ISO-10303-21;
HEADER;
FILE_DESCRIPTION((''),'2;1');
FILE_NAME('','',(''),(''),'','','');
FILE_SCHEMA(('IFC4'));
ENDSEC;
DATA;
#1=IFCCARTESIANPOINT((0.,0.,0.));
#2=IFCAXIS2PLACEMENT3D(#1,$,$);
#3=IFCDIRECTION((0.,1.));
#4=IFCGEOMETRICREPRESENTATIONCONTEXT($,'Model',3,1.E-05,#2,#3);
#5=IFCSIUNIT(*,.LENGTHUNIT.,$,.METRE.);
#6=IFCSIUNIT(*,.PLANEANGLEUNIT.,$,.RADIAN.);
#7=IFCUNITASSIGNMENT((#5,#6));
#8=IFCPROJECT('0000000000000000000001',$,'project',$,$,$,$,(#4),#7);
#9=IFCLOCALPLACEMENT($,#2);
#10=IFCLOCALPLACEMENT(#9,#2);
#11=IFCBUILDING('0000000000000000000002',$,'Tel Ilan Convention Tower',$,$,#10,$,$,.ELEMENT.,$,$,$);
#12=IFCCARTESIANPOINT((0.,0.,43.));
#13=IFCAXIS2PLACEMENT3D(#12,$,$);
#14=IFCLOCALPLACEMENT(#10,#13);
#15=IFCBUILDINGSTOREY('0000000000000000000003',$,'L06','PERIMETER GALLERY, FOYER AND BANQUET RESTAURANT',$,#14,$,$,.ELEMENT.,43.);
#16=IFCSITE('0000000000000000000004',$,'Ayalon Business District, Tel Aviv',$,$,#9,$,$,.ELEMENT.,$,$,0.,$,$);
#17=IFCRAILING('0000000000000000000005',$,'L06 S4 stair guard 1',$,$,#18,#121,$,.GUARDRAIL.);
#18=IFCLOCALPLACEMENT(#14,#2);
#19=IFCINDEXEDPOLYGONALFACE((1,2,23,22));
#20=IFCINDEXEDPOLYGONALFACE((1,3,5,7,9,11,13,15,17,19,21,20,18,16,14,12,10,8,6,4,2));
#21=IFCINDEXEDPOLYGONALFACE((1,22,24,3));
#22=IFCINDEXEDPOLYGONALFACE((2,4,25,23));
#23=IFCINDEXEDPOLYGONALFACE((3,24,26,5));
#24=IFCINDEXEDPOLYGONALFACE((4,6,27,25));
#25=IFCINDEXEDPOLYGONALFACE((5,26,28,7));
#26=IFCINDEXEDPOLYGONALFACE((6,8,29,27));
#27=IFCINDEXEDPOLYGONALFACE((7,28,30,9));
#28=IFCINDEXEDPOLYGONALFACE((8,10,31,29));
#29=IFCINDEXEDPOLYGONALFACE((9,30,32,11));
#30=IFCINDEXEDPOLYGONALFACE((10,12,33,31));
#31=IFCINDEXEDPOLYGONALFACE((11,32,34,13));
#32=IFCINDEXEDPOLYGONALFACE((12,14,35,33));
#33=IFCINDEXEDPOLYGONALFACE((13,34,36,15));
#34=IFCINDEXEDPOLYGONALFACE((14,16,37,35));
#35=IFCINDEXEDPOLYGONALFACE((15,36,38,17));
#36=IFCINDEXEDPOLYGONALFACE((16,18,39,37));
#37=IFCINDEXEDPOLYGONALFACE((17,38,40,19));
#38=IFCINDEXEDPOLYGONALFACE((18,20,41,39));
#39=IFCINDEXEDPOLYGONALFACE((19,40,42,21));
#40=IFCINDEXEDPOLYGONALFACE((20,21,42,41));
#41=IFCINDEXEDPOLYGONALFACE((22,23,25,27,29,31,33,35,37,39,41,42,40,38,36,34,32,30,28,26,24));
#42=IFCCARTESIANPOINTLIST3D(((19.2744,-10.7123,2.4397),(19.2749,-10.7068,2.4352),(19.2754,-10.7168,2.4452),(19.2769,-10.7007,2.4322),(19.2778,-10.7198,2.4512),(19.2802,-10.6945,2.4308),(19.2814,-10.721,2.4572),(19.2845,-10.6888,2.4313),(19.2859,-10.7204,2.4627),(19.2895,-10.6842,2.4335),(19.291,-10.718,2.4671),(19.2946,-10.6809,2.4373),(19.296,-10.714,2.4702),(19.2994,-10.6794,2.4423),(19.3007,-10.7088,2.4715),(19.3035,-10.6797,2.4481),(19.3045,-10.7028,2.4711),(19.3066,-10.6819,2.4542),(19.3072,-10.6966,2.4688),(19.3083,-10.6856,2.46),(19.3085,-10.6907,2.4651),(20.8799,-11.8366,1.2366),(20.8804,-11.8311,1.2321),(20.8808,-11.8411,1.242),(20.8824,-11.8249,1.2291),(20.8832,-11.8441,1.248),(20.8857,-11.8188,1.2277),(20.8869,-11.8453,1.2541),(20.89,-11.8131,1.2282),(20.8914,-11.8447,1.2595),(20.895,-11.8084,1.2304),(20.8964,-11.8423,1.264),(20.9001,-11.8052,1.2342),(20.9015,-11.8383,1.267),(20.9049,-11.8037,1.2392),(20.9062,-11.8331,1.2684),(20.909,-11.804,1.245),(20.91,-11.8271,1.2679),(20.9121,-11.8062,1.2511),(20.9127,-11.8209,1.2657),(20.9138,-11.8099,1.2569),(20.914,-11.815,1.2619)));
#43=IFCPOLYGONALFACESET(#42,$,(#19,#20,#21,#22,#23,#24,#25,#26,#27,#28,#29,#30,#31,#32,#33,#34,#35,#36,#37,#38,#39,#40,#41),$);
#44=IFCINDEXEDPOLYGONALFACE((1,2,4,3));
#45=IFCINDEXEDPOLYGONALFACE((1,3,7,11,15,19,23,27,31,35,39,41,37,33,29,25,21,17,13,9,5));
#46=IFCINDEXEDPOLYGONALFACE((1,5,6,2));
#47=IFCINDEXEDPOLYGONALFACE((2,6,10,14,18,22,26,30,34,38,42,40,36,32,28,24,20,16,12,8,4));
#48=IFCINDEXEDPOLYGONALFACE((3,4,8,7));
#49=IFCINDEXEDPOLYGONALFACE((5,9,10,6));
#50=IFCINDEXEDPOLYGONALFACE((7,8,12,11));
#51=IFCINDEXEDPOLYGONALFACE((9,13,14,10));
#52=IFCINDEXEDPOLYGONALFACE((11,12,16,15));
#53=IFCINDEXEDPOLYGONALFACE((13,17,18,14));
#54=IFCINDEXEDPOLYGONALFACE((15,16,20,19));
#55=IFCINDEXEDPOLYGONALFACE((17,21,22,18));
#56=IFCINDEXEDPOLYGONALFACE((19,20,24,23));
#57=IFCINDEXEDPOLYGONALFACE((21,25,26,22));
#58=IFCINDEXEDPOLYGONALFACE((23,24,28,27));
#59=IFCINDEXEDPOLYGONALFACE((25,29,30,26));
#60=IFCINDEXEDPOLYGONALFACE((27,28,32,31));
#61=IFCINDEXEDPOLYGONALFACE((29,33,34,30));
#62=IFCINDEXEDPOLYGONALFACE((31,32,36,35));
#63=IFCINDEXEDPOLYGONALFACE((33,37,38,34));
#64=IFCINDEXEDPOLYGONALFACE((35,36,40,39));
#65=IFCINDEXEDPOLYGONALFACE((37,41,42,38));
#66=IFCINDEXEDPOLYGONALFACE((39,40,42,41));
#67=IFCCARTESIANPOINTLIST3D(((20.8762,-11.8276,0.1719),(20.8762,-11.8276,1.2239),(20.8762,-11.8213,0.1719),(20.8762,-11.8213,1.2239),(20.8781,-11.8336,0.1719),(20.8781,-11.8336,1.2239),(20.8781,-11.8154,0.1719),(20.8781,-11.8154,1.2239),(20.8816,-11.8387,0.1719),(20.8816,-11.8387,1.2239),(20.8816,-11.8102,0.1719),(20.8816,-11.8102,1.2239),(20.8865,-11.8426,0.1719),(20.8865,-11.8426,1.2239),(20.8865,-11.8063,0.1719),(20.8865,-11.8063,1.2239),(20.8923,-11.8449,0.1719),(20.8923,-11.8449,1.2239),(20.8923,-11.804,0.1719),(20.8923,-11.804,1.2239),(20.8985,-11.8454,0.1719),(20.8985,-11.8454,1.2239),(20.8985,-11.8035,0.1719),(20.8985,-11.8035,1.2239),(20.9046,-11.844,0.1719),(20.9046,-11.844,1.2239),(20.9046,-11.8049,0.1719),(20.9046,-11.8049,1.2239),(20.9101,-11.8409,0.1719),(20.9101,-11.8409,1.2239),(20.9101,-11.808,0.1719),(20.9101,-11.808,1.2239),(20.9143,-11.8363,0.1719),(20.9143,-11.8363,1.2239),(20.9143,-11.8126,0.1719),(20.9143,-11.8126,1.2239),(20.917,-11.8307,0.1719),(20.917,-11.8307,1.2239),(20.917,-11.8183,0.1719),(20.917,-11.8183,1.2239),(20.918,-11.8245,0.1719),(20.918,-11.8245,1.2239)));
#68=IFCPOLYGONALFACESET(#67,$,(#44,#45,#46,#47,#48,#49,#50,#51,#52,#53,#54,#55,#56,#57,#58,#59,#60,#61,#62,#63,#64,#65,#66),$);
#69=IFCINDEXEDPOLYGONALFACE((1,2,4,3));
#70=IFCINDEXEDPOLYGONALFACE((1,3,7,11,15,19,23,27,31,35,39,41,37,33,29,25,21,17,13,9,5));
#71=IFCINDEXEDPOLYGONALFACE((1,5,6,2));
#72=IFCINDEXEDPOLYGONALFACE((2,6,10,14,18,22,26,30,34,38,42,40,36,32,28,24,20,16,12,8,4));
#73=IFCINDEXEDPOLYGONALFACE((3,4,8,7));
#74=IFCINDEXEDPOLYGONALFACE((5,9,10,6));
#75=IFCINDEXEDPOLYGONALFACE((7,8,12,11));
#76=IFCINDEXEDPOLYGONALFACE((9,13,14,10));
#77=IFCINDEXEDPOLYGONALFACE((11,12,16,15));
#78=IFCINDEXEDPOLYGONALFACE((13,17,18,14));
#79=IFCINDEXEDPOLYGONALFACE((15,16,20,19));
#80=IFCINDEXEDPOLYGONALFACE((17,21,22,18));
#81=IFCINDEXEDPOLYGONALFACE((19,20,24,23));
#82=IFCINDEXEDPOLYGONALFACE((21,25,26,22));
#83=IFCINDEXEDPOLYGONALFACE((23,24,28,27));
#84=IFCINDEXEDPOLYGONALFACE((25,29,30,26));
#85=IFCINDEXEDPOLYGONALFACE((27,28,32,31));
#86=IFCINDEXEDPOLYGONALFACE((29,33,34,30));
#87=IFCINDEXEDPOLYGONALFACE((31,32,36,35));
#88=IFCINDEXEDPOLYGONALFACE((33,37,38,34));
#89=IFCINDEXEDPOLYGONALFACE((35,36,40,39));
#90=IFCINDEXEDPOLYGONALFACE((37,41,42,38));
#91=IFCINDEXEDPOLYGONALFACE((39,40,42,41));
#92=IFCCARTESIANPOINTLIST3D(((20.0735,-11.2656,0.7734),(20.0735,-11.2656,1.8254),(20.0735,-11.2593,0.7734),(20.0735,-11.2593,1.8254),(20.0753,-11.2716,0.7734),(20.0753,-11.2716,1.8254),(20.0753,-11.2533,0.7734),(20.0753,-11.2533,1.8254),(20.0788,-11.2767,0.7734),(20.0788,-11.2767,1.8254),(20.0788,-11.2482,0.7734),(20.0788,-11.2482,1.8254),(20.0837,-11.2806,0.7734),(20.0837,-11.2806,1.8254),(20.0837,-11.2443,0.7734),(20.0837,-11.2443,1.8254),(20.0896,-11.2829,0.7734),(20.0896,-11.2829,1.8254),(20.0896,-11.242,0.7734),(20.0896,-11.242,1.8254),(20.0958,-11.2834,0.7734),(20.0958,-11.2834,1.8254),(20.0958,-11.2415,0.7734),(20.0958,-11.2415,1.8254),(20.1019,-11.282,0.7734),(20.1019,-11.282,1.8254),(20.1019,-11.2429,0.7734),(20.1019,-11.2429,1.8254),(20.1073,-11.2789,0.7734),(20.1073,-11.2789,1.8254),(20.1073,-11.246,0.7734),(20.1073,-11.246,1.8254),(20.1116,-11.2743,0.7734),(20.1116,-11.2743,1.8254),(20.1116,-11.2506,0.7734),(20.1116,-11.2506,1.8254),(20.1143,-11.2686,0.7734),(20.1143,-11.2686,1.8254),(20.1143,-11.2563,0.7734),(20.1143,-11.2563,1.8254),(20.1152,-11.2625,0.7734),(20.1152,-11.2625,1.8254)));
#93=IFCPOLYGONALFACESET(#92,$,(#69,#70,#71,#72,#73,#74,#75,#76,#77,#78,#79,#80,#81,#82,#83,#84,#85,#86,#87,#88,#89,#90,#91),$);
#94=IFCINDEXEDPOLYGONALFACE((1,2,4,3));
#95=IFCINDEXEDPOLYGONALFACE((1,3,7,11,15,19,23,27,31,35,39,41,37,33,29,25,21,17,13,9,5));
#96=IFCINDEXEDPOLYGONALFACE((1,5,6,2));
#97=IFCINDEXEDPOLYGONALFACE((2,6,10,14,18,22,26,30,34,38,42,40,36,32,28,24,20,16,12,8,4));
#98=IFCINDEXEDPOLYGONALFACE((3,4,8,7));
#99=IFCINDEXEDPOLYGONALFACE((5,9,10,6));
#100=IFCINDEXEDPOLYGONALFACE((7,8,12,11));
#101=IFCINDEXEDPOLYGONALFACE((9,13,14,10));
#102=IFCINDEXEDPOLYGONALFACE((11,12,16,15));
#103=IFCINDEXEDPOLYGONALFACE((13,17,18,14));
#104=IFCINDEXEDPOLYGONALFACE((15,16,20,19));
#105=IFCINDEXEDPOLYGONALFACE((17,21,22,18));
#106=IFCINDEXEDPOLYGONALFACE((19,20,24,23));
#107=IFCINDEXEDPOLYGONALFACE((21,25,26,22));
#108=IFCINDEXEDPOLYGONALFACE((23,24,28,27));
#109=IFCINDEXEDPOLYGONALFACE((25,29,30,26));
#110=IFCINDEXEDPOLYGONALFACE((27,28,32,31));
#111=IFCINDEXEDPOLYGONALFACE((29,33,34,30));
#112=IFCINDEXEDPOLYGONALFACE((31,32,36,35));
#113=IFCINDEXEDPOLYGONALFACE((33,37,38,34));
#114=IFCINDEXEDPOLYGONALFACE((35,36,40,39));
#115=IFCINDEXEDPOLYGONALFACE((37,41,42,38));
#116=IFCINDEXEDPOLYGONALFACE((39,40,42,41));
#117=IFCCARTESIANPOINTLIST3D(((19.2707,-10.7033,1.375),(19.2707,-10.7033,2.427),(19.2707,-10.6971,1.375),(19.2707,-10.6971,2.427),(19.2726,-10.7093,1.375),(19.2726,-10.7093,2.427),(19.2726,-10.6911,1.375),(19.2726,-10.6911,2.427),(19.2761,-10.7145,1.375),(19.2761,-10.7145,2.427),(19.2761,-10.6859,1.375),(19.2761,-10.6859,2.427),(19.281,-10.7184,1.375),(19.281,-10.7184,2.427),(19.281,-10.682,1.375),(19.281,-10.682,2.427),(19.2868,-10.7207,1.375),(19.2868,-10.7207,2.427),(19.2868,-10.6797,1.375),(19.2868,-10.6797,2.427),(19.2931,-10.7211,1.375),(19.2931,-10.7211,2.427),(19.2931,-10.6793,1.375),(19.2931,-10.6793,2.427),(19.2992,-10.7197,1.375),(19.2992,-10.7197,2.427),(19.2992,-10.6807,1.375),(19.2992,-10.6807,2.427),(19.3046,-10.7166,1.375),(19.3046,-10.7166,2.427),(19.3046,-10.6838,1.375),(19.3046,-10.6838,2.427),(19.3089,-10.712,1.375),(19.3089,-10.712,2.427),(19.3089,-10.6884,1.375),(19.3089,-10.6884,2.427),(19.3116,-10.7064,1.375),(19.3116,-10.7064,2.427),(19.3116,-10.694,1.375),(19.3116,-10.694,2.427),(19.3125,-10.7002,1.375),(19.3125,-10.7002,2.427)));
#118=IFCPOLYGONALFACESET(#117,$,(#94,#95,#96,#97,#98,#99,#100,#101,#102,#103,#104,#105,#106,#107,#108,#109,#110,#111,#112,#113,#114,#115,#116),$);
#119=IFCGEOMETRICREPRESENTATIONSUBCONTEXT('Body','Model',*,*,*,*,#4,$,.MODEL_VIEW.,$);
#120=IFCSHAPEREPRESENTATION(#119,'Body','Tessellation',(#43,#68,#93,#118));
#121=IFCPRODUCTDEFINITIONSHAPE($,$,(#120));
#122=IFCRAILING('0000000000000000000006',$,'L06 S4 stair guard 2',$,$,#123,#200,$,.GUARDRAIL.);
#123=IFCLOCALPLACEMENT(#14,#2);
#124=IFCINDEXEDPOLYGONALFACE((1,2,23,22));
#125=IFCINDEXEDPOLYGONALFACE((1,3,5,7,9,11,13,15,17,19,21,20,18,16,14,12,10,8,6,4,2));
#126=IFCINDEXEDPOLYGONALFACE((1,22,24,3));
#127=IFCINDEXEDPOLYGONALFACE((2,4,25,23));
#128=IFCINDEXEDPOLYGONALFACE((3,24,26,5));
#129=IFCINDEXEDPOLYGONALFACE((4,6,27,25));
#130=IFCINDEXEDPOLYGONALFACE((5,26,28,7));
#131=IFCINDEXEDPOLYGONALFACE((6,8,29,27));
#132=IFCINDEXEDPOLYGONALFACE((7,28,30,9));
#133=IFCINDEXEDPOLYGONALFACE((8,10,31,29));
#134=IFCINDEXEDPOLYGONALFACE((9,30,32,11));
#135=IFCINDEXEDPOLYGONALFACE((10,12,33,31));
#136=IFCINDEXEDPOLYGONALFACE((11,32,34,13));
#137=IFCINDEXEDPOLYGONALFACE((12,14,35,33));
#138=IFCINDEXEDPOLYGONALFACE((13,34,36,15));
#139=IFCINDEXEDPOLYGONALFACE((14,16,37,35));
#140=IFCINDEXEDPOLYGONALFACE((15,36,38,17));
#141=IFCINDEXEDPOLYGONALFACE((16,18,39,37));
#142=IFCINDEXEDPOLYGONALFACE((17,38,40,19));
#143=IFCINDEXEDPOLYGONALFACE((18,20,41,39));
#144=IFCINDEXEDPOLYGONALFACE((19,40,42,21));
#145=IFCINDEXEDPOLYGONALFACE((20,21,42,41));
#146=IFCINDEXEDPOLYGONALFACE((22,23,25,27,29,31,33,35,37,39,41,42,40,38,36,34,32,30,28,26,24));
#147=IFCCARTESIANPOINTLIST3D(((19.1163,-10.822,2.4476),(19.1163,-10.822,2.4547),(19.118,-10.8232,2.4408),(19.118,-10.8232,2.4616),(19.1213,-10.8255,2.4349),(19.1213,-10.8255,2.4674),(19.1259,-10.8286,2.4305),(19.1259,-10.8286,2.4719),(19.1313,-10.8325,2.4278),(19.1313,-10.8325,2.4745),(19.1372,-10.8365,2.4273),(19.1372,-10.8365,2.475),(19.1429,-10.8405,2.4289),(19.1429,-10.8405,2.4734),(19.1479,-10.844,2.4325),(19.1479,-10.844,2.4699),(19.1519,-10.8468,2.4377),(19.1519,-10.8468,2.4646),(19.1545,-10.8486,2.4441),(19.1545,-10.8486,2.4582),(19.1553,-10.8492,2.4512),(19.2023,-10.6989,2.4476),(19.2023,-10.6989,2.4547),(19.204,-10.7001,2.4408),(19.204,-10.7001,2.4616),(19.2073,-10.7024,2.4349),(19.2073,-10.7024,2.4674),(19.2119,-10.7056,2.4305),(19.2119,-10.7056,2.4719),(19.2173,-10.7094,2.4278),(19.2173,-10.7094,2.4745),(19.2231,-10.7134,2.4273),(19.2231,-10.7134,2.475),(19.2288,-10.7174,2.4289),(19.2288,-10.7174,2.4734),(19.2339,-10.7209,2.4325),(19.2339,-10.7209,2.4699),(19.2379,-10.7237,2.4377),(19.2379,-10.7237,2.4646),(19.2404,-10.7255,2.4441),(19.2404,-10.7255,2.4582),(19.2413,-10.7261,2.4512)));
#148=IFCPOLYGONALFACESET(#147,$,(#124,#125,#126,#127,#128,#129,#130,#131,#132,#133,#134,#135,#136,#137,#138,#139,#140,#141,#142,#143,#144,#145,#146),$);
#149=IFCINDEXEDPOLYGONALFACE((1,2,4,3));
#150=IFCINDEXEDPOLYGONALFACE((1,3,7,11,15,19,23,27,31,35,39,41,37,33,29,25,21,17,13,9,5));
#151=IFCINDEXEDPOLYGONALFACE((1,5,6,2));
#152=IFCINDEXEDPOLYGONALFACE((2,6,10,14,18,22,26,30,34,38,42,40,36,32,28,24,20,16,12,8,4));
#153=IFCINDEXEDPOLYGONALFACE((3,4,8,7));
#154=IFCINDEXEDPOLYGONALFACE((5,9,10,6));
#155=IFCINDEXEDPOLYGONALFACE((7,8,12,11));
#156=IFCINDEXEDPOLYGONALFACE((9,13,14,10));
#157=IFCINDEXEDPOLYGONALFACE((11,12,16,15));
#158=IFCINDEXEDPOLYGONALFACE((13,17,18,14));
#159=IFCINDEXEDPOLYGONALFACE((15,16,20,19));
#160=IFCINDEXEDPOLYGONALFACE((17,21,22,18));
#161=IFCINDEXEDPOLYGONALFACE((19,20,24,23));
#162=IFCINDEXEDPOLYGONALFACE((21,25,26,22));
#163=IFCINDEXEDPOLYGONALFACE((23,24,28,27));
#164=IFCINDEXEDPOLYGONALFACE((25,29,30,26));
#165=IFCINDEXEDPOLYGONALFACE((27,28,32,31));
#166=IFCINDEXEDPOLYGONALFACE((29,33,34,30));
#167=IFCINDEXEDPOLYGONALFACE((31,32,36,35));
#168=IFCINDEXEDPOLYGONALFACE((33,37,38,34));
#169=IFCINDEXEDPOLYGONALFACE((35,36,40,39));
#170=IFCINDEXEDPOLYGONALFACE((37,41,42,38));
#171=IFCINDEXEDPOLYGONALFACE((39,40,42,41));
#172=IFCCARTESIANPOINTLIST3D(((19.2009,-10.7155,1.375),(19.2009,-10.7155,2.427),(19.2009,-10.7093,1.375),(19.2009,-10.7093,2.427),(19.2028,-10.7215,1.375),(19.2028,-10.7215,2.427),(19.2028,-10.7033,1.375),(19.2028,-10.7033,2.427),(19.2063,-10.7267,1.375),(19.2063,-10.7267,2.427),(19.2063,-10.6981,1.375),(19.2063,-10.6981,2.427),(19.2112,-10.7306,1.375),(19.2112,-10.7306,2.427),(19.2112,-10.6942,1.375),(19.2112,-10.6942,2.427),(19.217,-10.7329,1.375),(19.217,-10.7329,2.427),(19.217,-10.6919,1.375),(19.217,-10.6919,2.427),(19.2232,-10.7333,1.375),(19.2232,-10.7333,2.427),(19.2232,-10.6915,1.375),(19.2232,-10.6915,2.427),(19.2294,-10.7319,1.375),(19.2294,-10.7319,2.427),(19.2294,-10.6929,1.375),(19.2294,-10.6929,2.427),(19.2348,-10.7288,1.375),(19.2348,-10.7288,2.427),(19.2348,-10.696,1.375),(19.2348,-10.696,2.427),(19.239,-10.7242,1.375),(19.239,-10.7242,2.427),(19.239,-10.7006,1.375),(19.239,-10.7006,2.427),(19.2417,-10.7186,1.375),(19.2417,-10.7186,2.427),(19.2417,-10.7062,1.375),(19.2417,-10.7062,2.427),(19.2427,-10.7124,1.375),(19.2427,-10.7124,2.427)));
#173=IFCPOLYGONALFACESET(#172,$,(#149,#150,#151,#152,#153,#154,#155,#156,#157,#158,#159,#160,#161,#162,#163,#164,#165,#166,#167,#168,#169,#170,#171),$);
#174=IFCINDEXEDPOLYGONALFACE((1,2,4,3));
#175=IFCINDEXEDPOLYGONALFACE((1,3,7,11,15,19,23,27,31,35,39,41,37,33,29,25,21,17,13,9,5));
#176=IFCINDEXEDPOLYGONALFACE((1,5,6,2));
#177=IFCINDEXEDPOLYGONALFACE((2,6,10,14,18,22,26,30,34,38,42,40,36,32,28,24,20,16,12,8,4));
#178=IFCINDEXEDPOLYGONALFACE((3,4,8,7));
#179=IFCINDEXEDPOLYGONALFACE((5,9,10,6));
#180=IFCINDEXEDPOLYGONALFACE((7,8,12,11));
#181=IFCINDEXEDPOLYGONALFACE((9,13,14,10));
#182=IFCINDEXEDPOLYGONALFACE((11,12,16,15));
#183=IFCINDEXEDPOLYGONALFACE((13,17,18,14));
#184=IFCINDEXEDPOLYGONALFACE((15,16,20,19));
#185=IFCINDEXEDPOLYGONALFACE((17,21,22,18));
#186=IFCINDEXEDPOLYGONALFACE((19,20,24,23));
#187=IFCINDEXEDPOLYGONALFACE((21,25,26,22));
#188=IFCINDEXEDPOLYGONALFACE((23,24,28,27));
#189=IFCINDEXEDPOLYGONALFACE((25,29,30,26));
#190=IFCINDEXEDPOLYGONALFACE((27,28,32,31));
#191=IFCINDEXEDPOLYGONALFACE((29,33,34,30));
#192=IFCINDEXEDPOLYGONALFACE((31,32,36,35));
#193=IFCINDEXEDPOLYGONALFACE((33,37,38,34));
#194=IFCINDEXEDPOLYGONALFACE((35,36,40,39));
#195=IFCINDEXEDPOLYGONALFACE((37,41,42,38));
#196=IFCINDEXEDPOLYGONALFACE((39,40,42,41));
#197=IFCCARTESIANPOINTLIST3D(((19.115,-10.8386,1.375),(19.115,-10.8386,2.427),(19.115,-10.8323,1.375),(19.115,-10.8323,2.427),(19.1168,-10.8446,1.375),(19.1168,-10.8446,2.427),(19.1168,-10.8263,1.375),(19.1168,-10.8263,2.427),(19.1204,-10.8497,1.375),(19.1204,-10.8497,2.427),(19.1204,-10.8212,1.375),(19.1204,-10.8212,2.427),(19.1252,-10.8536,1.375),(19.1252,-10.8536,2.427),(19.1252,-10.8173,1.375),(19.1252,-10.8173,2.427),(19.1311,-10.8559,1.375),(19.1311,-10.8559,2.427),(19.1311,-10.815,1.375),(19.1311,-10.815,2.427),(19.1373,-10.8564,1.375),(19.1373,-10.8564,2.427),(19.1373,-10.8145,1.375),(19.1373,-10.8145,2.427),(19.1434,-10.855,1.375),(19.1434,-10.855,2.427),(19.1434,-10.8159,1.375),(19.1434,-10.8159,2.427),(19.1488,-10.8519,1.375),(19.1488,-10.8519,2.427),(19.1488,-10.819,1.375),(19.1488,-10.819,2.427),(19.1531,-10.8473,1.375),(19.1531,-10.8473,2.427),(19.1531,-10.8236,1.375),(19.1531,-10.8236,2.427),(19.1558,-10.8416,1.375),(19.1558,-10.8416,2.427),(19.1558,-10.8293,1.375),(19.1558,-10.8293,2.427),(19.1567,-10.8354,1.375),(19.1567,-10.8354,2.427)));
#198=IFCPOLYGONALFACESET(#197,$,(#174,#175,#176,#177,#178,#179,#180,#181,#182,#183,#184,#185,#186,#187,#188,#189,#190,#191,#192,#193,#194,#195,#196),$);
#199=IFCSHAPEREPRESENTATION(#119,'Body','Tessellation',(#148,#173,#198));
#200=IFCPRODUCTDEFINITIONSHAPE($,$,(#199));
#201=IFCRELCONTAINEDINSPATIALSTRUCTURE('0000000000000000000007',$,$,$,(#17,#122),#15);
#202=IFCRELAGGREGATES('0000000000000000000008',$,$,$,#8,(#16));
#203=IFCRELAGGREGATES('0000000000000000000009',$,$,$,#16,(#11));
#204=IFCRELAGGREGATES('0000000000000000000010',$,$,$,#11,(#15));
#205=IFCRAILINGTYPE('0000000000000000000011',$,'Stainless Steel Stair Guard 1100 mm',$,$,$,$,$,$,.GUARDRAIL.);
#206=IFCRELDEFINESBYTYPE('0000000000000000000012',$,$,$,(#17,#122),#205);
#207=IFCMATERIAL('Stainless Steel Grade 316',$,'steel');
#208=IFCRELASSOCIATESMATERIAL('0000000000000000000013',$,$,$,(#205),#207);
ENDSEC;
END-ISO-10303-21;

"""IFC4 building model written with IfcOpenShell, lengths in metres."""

from ifc_helpers import new_model, si_unit, direction, frame, origin, origin_2d, place, context, subcontext, project, spatial, circle, extrude, material, type_object, element, save


model = new_model("IFC4")

# Units and contexts
model_context = context("Model", 3, precision=1e-05, world=origin(), true_north=direction((0.0, 1.0)))
body_context = subcontext(model_context, "Body", "Model", "MODEL_VIEW")
ifc_project = project(units=[si_unit("LENGTHUNIT", "METRE"), si_unit("PLANEANGLEUNIT", "RADIAN")], contexts=[model_context])

# Site, building, storey
site_placement = place(None, origin())
site = spatial("IfcSite", under=ifc_project, at=site_placement, Name="Ayalon Business District, Tel Aviv", CompositionType="ELEMENT", RefElevation=0.0)
building_placement = place(site_placement, origin())
building = spatial("IfcBuilding", under=site, at=building_placement, Name="Tel Ilan Convention Tower", CompositionType="ELEMENT")
storey_placement = place(building_placement, frame((0.0, 0.0, 43.0)))
storey = spatial("IfcBuildingStorey", under=building, at=storey_placement, Name="L06", Description="PERIMETER GALLERY, FOYER AND BANQUET RESTAURANT", CompositionType="ELEMENT", Elevation=43.0)

# Railings
ifc_material_1 = material(Name="Stainless Steel Grade 316", Category="steel")
railing_type_1 = type_object("IfcRailingType", Name="Stainless Steel Stair Guard 1100 mm", PredefinedType="GUARDRAIL", material=ifc_material_1)
railing_1_placement = place(storey_placement, frame((20.897, -11.8245, 0.1719)))
element("IfcRailing", 1, at=railing_1_placement, inside=storey, type_object=railing_type_1, Name="L06 S4 stair guard 1", PredefinedType="GUARDRAIL", context=body_context, shape_type="SweptSolid", body=[
    extrude(circle(Radius=0.0239, at=origin_2d()), frame((0.0, 0.0, 1.0762), z_axis=(-0.698095, 0.488857, 0.523146), x_axis=(-0.573613, -0.819127, 0.0)), (0.0, 0.0, 1.0), 2.2998),
    extrude(circle(Radius=0.021, at=origin_2d()), origin(), (0.0, 0.0, 1.0), 1.052),
    extrude(circle(Radius=0.021, at=origin_2d()), frame((-0.8027, 0.562, 0.6016)), (0.0, 0.0, 1.0), 1.052),
    extrude(circle(Radius=0.021, at=origin_2d()), frame((-1.6055, 1.1243, 1.2031)), (0.0, 0.0, 1.0), 1.052),
])
railing_2_placement = place(storey_placement, frame((19.2217, -10.7124, 1.375)))
element("IfcRailing", 2, at=railing_2_placement, inside=storey, type_object=railing_type_1, Name="L06 S4 stair guard 2", PredefinedType="GUARDRAIL", context=body_context, shape_type="SweptSolid", body=[
    extrude(circle(Radius=0.0239, at=origin_2d()), frame((0.0, 0.0, 1.0762), z_axis=(-0.572589, -0.819843, 0.0), x_axis=(0.819843, -0.572589, 0.0)), (0.0, 0.0, 1.0), 0.1501),
    extrude(circle(Radius=0.021, at=origin_2d()), origin(), (0.0, 0.0, 1.0), 1.052),
    extrude(circle(Radius=0.021, at=origin_2d()), frame((-0.0859, -0.123, 0.0)), (0.0, 0.0, 1.0), 1.052),
])

save(model, "model.ifc")
